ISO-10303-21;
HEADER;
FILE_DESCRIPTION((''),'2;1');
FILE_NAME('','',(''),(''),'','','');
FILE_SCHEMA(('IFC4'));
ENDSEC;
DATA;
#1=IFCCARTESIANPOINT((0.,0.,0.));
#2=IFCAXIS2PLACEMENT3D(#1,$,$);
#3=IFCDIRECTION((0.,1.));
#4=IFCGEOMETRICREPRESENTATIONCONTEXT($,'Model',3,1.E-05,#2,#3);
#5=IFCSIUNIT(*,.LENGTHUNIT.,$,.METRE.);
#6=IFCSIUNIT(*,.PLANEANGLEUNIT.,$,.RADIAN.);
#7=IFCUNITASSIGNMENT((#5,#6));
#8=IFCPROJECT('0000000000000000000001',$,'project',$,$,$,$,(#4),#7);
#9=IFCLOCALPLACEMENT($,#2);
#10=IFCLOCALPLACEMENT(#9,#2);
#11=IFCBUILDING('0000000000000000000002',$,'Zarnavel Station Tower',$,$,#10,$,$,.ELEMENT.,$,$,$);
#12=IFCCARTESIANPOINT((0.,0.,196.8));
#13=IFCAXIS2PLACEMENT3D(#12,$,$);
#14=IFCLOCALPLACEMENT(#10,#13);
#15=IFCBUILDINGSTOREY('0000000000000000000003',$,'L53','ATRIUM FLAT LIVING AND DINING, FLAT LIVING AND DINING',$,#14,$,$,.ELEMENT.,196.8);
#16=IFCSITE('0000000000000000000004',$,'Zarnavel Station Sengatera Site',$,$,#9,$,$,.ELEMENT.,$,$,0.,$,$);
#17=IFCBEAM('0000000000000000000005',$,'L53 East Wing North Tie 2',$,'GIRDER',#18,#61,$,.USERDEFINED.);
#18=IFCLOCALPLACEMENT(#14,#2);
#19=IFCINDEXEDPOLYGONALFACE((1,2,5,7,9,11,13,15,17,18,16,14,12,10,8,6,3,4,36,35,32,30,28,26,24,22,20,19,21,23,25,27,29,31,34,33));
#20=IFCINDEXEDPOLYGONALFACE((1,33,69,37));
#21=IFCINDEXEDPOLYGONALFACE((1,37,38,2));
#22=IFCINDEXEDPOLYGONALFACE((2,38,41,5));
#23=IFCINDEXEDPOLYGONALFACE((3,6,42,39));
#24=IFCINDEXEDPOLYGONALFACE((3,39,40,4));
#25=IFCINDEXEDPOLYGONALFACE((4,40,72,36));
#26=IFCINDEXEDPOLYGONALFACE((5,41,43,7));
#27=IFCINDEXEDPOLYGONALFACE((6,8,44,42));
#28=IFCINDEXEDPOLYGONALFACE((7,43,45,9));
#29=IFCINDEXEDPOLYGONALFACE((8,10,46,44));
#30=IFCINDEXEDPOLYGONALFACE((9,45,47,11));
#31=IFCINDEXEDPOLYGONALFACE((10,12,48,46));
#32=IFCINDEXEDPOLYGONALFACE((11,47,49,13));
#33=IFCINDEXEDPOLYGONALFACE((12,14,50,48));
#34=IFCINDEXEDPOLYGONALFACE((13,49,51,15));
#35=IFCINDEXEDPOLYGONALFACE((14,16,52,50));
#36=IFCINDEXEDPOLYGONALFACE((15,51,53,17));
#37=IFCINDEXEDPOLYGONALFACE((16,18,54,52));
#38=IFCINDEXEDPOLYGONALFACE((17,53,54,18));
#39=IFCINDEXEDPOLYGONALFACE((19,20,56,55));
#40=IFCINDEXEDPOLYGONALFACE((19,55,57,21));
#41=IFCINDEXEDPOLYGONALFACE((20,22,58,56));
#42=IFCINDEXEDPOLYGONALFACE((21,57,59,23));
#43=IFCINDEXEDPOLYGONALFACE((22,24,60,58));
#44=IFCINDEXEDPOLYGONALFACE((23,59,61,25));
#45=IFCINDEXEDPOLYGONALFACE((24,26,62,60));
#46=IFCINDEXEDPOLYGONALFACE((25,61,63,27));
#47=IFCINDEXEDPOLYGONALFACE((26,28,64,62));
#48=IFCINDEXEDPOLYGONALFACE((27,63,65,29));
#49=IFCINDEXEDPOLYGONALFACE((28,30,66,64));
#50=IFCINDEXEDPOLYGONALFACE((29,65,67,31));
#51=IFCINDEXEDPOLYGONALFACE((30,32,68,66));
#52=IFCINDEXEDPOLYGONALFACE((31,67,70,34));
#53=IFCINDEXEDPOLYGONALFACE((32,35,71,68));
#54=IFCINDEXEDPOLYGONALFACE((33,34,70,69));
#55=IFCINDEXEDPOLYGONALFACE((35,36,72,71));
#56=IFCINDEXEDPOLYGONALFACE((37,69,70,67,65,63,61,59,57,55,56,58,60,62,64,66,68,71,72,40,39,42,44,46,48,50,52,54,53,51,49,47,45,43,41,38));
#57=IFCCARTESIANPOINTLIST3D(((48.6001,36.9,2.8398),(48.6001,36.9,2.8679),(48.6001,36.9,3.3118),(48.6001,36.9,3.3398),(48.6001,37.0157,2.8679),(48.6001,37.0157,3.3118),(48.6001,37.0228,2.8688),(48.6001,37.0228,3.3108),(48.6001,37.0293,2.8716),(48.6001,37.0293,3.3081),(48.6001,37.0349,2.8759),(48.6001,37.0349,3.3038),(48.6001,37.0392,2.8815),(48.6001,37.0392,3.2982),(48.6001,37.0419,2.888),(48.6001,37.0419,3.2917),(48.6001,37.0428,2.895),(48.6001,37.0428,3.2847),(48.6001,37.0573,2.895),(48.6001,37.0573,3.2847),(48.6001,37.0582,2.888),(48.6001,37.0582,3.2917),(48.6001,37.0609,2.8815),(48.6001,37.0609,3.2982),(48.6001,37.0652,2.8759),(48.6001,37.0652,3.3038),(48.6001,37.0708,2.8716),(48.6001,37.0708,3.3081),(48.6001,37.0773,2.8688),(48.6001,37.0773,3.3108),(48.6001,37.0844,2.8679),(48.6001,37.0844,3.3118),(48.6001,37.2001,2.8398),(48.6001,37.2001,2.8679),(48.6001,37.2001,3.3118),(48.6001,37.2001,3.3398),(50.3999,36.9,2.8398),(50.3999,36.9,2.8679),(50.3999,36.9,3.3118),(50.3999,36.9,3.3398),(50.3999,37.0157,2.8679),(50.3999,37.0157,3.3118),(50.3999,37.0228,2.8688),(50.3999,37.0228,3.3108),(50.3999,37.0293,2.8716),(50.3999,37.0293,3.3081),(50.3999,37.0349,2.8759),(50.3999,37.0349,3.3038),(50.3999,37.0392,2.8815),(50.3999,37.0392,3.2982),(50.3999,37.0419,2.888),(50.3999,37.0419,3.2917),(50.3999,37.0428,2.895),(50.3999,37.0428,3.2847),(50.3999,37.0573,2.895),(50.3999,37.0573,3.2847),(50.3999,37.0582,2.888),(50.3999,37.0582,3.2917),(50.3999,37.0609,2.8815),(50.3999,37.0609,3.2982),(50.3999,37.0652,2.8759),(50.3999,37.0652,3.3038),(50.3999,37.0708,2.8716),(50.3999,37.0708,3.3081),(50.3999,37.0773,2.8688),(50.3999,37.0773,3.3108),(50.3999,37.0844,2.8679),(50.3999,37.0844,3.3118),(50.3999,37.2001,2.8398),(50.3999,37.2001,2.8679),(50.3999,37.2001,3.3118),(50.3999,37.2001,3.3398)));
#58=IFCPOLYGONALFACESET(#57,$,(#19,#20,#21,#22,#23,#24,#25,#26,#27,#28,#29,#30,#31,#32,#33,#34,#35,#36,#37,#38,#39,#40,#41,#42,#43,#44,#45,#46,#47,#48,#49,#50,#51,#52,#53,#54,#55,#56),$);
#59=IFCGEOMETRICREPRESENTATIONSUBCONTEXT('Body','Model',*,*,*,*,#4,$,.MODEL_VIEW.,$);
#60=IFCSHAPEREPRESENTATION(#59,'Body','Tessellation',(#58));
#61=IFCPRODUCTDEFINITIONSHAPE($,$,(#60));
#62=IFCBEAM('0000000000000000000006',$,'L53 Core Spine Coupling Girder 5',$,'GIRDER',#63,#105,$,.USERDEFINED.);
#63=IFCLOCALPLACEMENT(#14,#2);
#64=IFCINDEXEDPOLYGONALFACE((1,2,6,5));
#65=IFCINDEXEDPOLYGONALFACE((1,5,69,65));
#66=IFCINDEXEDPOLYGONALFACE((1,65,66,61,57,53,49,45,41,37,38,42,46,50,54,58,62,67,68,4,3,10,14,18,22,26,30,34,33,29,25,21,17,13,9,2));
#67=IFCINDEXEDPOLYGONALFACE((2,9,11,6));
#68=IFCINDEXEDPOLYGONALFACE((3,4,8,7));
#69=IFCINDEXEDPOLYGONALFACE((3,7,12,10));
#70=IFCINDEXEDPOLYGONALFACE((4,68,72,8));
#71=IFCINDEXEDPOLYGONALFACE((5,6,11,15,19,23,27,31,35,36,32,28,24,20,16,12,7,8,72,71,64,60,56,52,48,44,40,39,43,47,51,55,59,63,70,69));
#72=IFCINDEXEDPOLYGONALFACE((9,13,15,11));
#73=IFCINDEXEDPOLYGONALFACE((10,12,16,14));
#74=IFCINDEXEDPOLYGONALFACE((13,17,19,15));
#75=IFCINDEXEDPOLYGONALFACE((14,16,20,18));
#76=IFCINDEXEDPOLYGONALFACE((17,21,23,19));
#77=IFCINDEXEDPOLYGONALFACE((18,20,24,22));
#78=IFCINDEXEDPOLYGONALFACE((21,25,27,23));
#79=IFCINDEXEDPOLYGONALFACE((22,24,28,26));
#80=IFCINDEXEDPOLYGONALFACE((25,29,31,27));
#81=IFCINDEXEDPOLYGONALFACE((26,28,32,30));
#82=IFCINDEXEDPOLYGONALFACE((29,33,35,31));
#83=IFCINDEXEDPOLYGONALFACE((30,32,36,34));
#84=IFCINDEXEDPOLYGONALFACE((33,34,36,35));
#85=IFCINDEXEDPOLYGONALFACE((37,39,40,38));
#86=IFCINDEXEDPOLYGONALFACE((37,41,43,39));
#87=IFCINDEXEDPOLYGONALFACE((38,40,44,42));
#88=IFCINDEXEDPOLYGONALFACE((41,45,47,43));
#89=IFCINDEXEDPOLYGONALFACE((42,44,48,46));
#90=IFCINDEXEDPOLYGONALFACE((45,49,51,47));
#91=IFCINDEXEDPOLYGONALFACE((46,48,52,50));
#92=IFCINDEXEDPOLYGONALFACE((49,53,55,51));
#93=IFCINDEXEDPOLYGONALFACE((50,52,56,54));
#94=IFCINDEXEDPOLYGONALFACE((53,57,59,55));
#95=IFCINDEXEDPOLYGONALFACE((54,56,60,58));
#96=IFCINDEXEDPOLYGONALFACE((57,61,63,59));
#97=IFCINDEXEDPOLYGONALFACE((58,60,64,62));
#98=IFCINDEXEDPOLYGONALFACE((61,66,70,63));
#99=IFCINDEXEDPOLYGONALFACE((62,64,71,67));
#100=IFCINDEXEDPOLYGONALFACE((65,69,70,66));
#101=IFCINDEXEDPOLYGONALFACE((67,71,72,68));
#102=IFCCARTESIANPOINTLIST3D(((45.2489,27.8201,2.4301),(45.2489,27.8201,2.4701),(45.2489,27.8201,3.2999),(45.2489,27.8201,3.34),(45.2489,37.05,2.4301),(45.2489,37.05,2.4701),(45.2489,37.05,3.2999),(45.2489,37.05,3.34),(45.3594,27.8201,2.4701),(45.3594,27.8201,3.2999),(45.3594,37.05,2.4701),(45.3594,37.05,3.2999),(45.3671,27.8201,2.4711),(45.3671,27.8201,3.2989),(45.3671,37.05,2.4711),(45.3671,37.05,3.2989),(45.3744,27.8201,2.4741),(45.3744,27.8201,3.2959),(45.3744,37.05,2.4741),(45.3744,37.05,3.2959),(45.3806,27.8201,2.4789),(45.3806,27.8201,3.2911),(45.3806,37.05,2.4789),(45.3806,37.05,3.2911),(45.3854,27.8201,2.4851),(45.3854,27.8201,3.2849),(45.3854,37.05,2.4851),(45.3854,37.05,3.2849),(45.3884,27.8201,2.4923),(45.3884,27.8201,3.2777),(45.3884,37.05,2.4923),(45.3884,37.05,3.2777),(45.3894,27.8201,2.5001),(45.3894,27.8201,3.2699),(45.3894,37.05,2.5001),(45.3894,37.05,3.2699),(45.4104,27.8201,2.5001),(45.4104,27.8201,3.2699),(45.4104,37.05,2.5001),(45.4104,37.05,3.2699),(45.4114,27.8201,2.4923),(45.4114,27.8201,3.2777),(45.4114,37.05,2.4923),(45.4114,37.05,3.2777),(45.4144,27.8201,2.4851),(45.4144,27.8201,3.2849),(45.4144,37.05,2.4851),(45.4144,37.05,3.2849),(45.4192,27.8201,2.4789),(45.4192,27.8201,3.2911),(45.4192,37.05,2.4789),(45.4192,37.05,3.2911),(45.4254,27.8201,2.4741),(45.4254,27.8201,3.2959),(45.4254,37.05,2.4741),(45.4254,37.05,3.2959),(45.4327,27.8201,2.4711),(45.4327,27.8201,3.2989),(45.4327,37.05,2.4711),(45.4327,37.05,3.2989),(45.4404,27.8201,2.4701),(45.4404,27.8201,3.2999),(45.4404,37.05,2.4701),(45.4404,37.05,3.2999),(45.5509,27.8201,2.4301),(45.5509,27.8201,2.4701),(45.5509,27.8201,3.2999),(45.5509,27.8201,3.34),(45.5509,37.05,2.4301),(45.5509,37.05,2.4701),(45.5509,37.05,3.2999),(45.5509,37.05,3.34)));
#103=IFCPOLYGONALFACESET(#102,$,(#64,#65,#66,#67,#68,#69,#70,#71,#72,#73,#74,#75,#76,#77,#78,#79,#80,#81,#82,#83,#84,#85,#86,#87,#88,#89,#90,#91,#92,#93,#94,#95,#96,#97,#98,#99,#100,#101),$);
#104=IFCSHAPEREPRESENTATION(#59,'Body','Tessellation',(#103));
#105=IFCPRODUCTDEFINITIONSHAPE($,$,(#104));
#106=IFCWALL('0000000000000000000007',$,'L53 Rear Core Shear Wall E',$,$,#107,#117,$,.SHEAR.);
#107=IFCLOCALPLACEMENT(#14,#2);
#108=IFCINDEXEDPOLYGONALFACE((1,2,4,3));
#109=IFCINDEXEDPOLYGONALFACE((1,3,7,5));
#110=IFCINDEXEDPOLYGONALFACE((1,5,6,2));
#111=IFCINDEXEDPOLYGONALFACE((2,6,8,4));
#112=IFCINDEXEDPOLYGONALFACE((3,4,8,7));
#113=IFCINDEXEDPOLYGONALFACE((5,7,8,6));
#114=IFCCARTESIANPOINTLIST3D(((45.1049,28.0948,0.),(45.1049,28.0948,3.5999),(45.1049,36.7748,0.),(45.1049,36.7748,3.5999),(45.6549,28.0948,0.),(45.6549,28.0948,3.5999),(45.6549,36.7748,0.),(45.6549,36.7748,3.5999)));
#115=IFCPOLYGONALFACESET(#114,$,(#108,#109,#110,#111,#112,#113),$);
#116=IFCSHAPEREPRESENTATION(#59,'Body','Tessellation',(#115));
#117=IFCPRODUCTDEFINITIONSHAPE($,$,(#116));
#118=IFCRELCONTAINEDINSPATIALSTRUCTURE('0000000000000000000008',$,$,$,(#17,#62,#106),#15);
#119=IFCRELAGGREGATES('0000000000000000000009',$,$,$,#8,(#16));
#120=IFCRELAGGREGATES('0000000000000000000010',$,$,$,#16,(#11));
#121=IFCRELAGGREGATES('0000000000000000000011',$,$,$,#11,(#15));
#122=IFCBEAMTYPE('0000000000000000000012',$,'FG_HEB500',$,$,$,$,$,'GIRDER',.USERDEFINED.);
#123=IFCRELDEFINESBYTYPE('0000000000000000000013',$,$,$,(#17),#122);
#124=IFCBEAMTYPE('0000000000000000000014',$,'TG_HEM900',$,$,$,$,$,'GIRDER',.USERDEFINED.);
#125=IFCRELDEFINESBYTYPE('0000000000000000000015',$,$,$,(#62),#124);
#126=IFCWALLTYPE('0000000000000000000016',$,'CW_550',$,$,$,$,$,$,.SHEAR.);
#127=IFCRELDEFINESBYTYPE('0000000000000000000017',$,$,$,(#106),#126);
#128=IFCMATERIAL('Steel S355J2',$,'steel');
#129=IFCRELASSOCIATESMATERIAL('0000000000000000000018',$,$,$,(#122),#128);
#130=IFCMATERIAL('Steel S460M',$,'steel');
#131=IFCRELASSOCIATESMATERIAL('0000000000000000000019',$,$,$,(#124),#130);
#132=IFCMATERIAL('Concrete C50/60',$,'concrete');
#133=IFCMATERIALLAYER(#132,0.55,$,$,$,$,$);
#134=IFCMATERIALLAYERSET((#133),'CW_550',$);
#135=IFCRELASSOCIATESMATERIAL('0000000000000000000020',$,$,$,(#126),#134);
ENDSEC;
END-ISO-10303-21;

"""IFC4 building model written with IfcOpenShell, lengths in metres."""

from ifc_helpers import new_model, si_unit, direction, frame, frame_2d, origin, origin_2d, place, context, subcontext, project, spatial, rectangle, i_section, extrude, material, layer, layer_set, material_profile, profile_set, type_object, element, save


model = new_model("IFC4")

# Units and contexts
model_context = context("Model", 3, precision=1e-05, world=origin(), true_north=direction((0.0, 1.0)))
body_context = subcontext(model_context, "Body", "Model", "MODEL_VIEW")
ifc_project = project(units=[si_unit("LENGTHUNIT", "METRE"), si_unit("PLANEANGLEUNIT", "RADIAN")], contexts=[model_context])

# Site, building, storey
site_placement = place(None, origin())
site = spatial("IfcSite", under=ifc_project, at=site_placement, Name="Zarnavel Station Sengatera Site", CompositionType="ELEMENT", RefElevation=0.0)
building_placement = place(site_placement, origin())
building = spatial("IfcBuilding", under=site, at=building_placement, Name="Zarnavel Station Tower", CompositionType="ELEMENT")
storey_placement = place(building_placement, frame((0.0, 0.0, 196.8)))
storey = spatial("IfcBuildingStorey", under=building, at=storey_placement, Name="L53", Description="ATRIUM FLAT LIVING AND DINING, FLAT LIVING AND DINING", CompositionType="ELEMENT", Elevation=196.8)

# Beams
ifc_material_1 = material(Name="Steel S355J2", Category="steel")
ifc_material_profile_1 = material_profile(ifc_material_1, i_section(OverallWidth=0.3, OverallDepth=0.5, WebThickness=0.0144, FlangeThickness=0.0281, FilletRadius=0.0271, at=origin_2d()), Name="HEB500")
ifc_profile_set_1 = profile_set([ifc_material_profile_1], Name="Steel S355J2")
beam_type_1 = type_object("IfcBeamType", Name="FG_HEB500", ElementType="GIRDER", PredefinedType="USERDEFINED", material=ifc_profile_set_1)
beam_1_placement = place(storey_placement, frame((48.6001, 37.05, 3.0898), z_axis=(1.0, 0.0, 0.0), x_axis=(0.0, 1.0, 0.0)))
element("IfcBeam", 1, at=beam_1_placement, inside=storey, type_object=beam_type_1, Name="L53 East Wing North Tie 2", ObjectType="GIRDER", PredefinedType="USERDEFINED", context=body_context, shape_type="SweptSolid", body=[
    extrude(i_section(OverallWidth=0.3, OverallDepth=0.5, WebThickness=0.0144, FlangeThickness=0.0281, FilletRadius=0.0271, at=origin_2d()), origin(), (0.0, 0.0, 1.0), 1.7998),
])
ifc_material_2 = material(Name="Steel S460M", Category="steel")
ifc_material_profile_2 = material_profile(ifc_material_2, i_section(OverallWidth=0.302, OverallDepth=0.9099, WebThickness=0.021, FlangeThickness=0.04, FilletRadius=0.03, at=origin_2d()), Name="HEM900")
ifc_profile_set_2 = profile_set([ifc_material_profile_2], Name="Steel S460M")
beam_type_2 = type_object("IfcBeamType", Name="TG_HEM900", ElementType="GIRDER", PredefinedType="USERDEFINED", material=ifc_profile_set_2)
beam_2_placement = place(storey_placement, frame((45.3999, 27.8201, 2.885), z_axis=(0.0, 1.0, 0.0), x_axis=(-1.0, 0.0, 0.0)))
element("IfcBeam", 2, at=beam_2_placement, inside=storey, type_object=beam_type_2, Name="L53 Core Spine Coupling Girder 5", ObjectType="GIRDER", PredefinedType="USERDEFINED", context=body_context, shape_type="SweptSolid", body=[
    extrude(i_section(OverallWidth=0.302, OverallDepth=0.9099, WebThickness=0.021, FlangeThickness=0.04, FilletRadius=0.03, at=origin_2d()), origin(), (0.0, 0.0, 1.0), 9.23),
])

# Wall
ifc_material_3 = material(Name="Concrete C50/60", Category="concrete")
ifc_layer_1 = layer(ifc_material_3, 0.55)
ifc_layer_set_1 = layer_set([ifc_layer_1], Name="CW_550")
wall_type_1 = type_object("IfcWallType", Name="CW_550", PredefinedType="SHEAR", material=ifc_layer_set_1)
wall_1_placement = place(storey_placement, frame((45.3799, 28.095, 0.0), z_axis=(0.0, 0.0, 1.0), x_axis=(0.0, 1.0, 0.0)))
element("IfcWall", 3, at=wall_1_placement, inside=storey, type_object=wall_type_1, Name="L53 Rear Core Shear Wall E", PredefinedType="SHEAR", context=body_context, shape_type="SweptSolid", body=[
    extrude(rectangle(XDim=8.6799, YDim=0.55, at=frame_2d((4.3398, 0.0))), origin(), (0.0, 0.0, 1.0), 3.5999),
])

save(model, "model.ifc")
